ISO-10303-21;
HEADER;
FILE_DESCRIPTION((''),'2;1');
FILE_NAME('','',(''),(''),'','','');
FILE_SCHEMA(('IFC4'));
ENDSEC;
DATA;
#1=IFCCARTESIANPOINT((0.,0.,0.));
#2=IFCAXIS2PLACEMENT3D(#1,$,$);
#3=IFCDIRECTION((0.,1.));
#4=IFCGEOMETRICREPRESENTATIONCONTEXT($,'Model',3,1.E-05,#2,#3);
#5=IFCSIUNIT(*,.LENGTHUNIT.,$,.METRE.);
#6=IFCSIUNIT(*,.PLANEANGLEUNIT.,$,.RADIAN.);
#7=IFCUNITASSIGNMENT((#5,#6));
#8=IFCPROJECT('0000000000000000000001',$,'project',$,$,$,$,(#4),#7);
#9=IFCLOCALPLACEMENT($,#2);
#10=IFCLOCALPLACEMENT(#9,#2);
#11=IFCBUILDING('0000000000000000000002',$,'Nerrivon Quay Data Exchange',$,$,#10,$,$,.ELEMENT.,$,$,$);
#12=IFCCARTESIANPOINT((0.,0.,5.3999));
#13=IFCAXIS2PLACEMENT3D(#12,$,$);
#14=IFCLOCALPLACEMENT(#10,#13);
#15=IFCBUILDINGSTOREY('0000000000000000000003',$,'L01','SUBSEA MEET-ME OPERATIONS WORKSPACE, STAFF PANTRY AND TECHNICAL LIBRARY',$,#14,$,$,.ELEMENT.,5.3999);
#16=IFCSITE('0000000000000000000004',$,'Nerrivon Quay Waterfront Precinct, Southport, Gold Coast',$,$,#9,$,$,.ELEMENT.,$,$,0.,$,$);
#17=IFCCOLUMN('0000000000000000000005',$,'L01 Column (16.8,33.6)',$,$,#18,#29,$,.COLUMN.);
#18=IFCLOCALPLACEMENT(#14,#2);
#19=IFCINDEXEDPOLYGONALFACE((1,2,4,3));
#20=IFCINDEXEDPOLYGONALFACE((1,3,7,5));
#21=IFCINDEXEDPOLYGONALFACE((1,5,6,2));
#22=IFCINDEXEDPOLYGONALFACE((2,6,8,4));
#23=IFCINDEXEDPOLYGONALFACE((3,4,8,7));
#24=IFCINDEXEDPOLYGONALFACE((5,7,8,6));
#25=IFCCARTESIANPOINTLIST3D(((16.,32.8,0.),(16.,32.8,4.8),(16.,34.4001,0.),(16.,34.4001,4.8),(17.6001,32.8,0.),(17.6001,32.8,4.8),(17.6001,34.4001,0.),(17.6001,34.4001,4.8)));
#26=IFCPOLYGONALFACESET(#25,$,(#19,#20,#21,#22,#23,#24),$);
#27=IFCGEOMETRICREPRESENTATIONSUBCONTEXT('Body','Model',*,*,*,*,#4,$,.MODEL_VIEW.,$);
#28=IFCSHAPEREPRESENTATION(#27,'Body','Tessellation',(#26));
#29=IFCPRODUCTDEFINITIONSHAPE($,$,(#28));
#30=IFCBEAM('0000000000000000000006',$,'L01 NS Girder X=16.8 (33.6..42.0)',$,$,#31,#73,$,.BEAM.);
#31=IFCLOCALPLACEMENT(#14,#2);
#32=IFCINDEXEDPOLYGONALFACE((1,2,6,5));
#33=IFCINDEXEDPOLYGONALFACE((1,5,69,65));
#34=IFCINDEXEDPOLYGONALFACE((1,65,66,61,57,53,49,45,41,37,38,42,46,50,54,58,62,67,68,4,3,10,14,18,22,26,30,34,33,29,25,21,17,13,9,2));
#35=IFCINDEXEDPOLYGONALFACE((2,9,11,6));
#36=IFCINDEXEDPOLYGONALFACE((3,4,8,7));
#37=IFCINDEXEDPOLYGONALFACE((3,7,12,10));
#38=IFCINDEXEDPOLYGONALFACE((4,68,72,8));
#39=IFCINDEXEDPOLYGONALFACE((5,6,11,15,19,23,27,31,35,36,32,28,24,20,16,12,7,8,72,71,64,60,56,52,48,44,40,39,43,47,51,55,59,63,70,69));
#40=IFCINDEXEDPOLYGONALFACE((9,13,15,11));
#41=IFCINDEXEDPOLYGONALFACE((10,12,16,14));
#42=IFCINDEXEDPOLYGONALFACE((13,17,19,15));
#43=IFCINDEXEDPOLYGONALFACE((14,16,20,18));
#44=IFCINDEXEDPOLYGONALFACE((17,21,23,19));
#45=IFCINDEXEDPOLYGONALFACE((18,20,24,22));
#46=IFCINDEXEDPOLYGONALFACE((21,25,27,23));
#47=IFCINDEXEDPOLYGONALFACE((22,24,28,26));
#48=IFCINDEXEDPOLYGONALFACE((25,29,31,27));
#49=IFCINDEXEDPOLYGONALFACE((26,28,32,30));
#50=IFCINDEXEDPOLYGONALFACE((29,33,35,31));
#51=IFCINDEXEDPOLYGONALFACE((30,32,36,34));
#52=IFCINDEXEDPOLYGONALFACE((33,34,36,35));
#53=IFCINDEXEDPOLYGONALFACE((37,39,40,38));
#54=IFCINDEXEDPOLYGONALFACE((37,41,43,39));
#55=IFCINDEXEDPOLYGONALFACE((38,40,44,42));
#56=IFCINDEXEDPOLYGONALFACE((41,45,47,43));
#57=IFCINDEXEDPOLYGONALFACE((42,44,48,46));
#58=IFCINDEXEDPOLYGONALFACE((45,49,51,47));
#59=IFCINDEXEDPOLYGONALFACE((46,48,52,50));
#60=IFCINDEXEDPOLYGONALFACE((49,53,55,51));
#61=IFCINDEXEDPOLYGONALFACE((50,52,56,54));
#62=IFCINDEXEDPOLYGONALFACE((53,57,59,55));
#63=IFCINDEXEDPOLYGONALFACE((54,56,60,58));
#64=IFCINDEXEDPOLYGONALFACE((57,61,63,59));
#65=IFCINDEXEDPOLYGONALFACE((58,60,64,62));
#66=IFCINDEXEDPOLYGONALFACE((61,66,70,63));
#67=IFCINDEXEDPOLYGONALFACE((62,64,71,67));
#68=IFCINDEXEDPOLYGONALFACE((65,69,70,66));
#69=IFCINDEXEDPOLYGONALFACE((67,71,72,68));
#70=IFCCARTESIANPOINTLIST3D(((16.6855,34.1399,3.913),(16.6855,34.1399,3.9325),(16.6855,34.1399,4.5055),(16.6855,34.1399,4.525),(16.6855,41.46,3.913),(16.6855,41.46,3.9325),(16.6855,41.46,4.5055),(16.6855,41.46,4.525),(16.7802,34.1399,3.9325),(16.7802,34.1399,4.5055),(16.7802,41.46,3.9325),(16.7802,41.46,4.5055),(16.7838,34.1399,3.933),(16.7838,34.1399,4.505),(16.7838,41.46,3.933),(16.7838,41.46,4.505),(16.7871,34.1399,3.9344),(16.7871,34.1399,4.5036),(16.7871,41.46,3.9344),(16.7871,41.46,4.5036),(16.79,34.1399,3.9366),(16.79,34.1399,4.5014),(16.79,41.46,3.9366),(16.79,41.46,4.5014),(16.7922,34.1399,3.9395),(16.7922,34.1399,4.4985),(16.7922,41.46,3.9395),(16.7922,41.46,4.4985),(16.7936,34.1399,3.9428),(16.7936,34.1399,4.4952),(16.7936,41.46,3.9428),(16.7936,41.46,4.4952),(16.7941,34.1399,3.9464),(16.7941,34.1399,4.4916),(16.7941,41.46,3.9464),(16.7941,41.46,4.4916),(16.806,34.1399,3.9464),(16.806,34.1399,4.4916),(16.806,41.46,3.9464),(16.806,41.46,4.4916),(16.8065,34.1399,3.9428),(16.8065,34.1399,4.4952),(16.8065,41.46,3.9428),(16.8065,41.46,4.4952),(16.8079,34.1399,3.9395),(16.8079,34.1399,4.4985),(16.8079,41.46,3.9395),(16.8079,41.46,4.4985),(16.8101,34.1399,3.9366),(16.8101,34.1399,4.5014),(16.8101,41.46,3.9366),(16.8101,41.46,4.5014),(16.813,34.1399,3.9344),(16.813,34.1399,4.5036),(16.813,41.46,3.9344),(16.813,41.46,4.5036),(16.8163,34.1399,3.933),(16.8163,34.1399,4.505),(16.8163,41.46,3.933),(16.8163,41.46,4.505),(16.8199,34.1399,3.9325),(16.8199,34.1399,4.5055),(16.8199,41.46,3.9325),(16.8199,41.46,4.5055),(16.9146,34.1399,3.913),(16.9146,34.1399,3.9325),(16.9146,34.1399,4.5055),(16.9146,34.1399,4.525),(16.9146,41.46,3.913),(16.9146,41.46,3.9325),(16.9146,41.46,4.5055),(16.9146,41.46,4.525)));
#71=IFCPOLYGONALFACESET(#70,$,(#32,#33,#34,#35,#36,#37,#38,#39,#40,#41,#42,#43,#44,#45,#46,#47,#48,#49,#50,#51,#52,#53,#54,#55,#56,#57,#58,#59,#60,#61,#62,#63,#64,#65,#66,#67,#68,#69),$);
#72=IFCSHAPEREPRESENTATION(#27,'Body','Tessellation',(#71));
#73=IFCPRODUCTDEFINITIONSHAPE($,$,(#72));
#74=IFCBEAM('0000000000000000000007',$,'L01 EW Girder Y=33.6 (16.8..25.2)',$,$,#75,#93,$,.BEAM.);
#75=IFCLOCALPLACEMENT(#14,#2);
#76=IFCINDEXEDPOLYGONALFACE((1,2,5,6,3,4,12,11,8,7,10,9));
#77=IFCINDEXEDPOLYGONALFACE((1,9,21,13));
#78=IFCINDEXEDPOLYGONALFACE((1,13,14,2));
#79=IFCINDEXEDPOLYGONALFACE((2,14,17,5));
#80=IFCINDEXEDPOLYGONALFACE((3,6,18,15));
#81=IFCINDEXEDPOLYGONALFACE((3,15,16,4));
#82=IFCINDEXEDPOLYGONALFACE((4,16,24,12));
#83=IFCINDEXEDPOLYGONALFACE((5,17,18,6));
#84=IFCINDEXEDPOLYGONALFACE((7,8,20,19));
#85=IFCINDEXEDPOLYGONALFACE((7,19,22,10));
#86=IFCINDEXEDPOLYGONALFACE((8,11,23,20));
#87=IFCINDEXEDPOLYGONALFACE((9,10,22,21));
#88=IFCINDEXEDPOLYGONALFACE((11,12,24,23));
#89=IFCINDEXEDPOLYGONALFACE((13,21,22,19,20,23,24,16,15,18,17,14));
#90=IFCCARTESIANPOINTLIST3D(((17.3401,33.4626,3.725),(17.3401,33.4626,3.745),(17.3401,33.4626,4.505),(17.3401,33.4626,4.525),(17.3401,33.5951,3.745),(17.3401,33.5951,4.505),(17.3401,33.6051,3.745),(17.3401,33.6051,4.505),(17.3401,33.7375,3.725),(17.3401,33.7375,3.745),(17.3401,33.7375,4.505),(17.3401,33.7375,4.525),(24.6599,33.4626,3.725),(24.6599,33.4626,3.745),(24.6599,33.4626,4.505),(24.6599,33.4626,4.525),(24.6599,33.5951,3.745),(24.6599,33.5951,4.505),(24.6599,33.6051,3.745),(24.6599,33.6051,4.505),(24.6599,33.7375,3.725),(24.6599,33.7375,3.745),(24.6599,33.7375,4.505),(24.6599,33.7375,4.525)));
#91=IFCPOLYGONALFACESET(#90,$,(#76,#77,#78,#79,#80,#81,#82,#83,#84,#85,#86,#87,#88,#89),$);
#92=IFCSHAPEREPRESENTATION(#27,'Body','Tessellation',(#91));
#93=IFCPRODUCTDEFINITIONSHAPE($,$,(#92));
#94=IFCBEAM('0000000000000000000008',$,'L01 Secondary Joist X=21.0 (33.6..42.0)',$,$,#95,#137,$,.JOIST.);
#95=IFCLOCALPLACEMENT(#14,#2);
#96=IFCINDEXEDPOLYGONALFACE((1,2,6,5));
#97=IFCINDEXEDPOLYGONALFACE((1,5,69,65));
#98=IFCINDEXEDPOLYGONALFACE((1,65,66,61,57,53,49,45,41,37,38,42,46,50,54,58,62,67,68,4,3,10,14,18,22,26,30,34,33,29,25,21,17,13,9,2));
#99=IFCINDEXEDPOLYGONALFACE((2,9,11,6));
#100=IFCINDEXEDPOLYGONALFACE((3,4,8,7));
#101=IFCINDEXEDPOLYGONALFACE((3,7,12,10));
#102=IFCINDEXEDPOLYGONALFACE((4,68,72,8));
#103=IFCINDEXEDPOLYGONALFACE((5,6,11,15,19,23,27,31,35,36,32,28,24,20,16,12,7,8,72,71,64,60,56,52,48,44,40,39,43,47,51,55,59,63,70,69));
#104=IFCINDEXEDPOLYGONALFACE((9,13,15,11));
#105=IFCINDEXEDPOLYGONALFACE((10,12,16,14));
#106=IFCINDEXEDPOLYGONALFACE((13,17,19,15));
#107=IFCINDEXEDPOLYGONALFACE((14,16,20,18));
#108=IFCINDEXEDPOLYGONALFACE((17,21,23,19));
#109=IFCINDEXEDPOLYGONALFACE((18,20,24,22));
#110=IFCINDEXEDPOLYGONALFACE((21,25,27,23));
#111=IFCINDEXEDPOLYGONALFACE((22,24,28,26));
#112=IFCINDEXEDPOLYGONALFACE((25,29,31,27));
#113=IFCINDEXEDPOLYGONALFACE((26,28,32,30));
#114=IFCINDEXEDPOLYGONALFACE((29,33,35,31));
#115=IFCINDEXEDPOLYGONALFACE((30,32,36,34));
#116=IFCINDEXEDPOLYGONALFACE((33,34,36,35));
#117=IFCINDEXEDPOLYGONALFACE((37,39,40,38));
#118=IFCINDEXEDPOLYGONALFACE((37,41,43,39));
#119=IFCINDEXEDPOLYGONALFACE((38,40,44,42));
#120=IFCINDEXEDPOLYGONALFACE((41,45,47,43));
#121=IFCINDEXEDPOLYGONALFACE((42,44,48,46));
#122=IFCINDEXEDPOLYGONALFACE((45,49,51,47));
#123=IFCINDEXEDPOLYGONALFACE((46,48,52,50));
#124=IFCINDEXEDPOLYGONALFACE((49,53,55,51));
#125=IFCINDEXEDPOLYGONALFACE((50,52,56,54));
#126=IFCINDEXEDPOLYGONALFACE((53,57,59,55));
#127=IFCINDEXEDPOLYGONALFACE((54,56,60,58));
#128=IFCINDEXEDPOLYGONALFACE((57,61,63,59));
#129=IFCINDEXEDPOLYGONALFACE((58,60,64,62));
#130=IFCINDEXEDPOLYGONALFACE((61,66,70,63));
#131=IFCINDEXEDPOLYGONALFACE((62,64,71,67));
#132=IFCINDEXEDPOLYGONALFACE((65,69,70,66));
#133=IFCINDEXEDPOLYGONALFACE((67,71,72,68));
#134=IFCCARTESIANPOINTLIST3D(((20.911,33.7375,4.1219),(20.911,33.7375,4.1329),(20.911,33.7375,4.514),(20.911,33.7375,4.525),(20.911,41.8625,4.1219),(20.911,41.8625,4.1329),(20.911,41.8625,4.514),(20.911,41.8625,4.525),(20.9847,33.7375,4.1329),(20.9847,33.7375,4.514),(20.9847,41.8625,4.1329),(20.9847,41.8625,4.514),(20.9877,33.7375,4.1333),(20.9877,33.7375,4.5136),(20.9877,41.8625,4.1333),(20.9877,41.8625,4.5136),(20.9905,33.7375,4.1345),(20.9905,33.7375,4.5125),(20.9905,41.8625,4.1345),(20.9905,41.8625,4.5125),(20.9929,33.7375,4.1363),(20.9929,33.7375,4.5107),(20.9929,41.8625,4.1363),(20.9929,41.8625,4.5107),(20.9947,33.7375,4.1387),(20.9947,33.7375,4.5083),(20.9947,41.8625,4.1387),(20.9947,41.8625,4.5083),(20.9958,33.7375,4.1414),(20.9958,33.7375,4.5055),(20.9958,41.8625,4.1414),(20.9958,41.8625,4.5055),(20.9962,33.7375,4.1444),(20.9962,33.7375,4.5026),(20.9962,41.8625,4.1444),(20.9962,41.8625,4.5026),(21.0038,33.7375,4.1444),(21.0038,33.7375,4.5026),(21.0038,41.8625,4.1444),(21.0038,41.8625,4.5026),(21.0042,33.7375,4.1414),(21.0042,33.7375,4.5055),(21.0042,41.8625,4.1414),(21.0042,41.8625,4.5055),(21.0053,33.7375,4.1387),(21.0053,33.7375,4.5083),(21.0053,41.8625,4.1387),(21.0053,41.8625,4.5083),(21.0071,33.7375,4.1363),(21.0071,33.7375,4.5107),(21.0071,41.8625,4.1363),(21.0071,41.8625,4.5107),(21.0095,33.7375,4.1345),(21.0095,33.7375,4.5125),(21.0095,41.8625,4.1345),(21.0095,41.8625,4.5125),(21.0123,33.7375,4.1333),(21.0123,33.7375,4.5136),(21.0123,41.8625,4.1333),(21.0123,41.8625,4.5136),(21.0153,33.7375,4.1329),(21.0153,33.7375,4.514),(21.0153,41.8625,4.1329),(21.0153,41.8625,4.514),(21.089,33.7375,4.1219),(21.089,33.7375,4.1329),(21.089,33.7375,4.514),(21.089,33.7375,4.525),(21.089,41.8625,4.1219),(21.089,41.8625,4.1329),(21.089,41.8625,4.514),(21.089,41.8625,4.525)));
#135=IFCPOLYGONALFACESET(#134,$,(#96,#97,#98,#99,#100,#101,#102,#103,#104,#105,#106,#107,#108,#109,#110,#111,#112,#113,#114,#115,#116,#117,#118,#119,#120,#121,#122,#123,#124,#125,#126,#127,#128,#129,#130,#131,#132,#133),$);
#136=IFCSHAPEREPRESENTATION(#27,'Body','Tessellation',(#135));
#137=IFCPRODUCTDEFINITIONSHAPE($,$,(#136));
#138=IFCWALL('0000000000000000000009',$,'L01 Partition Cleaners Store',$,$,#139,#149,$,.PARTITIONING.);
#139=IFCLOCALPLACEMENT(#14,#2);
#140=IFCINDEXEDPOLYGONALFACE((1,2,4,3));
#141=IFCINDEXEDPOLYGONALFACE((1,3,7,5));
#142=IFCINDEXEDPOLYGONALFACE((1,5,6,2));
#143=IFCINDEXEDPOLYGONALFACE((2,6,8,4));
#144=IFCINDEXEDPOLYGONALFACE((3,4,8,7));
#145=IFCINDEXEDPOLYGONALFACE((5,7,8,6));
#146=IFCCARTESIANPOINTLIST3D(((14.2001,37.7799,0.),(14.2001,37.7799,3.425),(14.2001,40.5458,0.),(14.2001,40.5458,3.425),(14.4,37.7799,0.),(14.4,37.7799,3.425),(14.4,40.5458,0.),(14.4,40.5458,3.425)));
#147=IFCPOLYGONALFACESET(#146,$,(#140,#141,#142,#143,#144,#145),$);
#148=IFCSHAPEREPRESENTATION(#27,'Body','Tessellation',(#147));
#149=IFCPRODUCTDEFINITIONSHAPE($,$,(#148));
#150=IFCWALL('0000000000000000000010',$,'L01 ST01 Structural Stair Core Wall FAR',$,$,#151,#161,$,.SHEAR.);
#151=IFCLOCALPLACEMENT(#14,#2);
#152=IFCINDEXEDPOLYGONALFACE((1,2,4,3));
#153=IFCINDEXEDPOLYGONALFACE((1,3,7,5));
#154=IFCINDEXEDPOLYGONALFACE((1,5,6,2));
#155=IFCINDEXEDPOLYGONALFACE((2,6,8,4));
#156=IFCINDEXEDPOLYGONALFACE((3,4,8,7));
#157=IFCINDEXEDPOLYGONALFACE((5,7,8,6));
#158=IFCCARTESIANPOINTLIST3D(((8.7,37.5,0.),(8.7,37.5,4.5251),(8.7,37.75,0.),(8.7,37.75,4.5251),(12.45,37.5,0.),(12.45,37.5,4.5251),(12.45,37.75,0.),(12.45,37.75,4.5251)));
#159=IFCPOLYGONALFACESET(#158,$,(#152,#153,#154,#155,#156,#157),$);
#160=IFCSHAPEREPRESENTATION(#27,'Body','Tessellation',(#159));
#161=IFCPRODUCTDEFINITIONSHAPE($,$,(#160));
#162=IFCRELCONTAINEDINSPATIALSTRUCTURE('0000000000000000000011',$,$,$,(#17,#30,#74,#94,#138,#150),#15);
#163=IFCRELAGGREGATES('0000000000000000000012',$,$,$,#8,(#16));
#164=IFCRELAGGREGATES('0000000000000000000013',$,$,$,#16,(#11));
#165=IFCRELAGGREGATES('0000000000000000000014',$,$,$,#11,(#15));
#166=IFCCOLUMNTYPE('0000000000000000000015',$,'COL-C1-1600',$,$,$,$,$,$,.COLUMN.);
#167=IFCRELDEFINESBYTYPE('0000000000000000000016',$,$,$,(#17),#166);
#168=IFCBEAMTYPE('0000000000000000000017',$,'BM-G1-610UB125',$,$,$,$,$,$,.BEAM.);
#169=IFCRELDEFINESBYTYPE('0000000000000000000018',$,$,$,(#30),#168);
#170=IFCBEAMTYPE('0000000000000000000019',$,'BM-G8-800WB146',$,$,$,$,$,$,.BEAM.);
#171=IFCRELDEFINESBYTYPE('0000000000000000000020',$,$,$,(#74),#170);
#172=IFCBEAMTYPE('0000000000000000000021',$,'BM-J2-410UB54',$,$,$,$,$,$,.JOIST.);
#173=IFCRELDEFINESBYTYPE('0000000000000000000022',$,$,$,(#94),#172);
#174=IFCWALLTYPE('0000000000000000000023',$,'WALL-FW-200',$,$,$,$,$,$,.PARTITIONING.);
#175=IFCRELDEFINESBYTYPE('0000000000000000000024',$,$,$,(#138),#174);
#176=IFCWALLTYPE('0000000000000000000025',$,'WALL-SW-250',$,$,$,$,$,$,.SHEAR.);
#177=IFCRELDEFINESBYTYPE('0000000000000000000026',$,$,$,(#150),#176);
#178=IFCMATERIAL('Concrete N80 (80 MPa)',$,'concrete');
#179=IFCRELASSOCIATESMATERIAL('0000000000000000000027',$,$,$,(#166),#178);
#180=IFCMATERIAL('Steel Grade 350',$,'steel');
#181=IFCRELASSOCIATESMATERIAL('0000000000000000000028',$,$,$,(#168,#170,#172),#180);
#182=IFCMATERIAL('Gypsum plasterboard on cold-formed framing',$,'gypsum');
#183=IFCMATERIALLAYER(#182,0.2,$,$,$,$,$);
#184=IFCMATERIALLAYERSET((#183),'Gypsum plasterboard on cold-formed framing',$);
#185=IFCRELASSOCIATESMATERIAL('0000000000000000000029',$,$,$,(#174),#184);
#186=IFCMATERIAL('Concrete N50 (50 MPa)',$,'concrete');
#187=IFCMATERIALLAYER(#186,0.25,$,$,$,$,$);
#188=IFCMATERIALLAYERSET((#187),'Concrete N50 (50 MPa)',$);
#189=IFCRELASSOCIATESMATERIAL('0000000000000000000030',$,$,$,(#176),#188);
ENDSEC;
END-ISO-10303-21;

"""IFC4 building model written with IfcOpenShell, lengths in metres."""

from ifc_helpers import new_model, si_unit, direction, frame, frame_2d, origin, origin_2d, place, context, subcontext, project, spatial, rectangle, i_section, extrude, material, layer, layer_set, material_profile, profile_set, type_object, element, save


model = new_model("IFC4")

# Units and contexts
model_context = context("Model", 3, precision=1e-05, world=origin(), true_north=direction((0.0, 1.0)))
body_context = subcontext(model_context, "Body", "Model", "MODEL_VIEW")
ifc_project = project(units=[si_unit("LENGTHUNIT", "METRE"), si_unit("PLANEANGLEUNIT", "RADIAN")], contexts=[model_context])

# Site, building, storey
site_placement = place(None, origin())
site = spatial("IfcSite", under=ifc_project, at=site_placement, Name="Nerrivon Quay Waterfront Precinct, Southport, Gold Coast", CompositionType="ELEMENT", RefElevation=0.0)
building_placement = place(site_placement, origin())
building = spatial("IfcBuilding", under=site, at=building_placement, Name="Nerrivon Quay Data Exchange", CompositionType="ELEMENT")
storey_placement = place(building_placement, frame((0.0, 0.0, 5.3999)))
storey = spatial("IfcBuildingStorey", under=building, at=storey_placement, Name="L01", Description="SUBSEA MEET-ME OPERATIONS WORKSPACE, STAFF PANTRY AND TECHNICAL LIBRARY", CompositionType="ELEMENT", Elevation=5.3999)

# Column
ifc_material_1 = material(Name="Concrete N80 (80 MPa)", Category="concrete")
ifc_material_profile_1 = material_profile(ifc_material_1, rectangle(XDim=1.6001, YDim=1.6001, at=origin_2d()), Name="RC-COL-1600x1600")
ifc_profile_set_1 = profile_set([ifc_material_profile_1], Name="Concrete N80 (80 MPa)")
column_type = type_object("IfcColumnType", Name="COL-C1-1600", PredefinedType="COLUMN", material=ifc_profile_set_1)
column_placement = place(storey_placement, frame((16.8, 33.6001, 0.0), z_axis=(0.0, 0.0, 1.0), x_axis=(1.0, 0.0, 0.0)))
element("IfcColumn", 1, at=column_placement, inside=storey, type_object=column_type, Name="L01 Column (16.8,33.6)", PredefinedType="COLUMN", context=body_context, shape_type="SweptSolid", body=[
    extrude(rectangle(XDim=1.6001, YDim=1.6001, at=origin_2d()), origin(), (0.0, 0.0, 1.0), 4.8),
])

# Beams
ifc_material_2 = material(Name="Steel Grade 350", Category="steel")
ifc_material_profile_2 = material_profile(ifc_material_2, i_section(OverallWidth=0.229, OverallDepth=0.6121, WebThickness=0.012, FlangeThickness=0.0195, FilletRadius=0.0139, at=origin_2d()), Name="610UB125")
ifc_profile_set_2 = profile_set([ifc_material_profile_2], Name="Steel Grade 350")
beam_type_1 = type_object("IfcBeamType", Name="BM-G1-610UB125", PredefinedType="BEAM", material=ifc_profile_set_2)
beam_1_placement = place(storey_placement, frame((16.8, 34.1399, 4.219), z_axis=(0.0, 1.0, 0.0), x_axis=(-1.0, 0.0, 0.0)))
element("IfcBeam", 2, at=beam_1_placement, inside=storey, type_object=beam_type_1, Name="L01 NS Girder X=16.8 (33.6..42.0)", PredefinedType="BEAM", context=body_context, shape_type="SweptSolid", body=[
    extrude(i_section(OverallWidth=0.229, OverallDepth=0.6121, WebThickness=0.012, FlangeThickness=0.0195, FilletRadius=0.0139, at=origin_2d()), origin(), (0.0, 0.0, 1.0), 7.3201),
])
ifc_material_profile_3 = material_profile(ifc_material_2, i_section(OverallWidth=0.2749, OverallDepth=0.8, WebThickness=0.01, FlangeThickness=0.02, at=origin_2d()), Name="800WB146")
ifc_profile_set_3 = profile_set([ifc_material_profile_3], Name="Steel Grade 350")
beam_type_2 = type_object("IfcBeamType", Name="BM-G8-800WB146", PredefinedType="BEAM", material=ifc_profile_set_3)
beam_2_placement = place(storey_placement, frame((17.3401, 33.6001, 4.125), z_axis=(1.0, 0.0, 0.0), x_axis=(0.0, 1.0, 0.0)))
element("IfcBeam", 3, at=beam_2_placement, inside=storey, type_object=beam_type_2, Name="L01 EW Girder Y=33.6 (16.8..25.2)", PredefinedType="BEAM", context=body_context, shape_type="SweptSolid", body=[
    extrude(i_section(OverallWidth=0.2749, OverallDepth=0.8, WebThickness=0.01, FlangeThickness=0.02, at=origin_2d()), origin(), (0.0, 0.0, 1.0), 7.3198),
])
ifc_material_profile_4 = material_profile(ifc_material_2, i_section(OverallWidth=0.178, OverallDepth=0.4031, WebThickness=0.0076, FlangeThickness=0.011, FilletRadius=0.0115, at=origin_2d()), Name="410UB53.7")
ifc_profile_set_4 = profile_set([ifc_material_profile_4], Name="Steel Grade 350")
beam_type_3 = type_object("IfcBeamType", Name="BM-J2-410UB54", PredefinedType="JOIST", material=ifc_profile_set_4)
beam_3_placement = place(storey_placement, frame((21.0, 33.7375, 4.3235), z_axis=(0.0, 1.0, 0.0), x_axis=(-1.0, 0.0, 0.0)))
element("IfcBeam", 4, at=beam_3_placement, inside=storey, type_object=beam_type_3, Name="L01 Secondary Joist X=21.0 (33.6..42.0)", PredefinedType="JOIST", context=body_context, shape_type="SweptSolid", body=[
    extrude(i_section(OverallWidth=0.178, OverallDepth=0.4031, WebThickness=0.0076, FlangeThickness=0.011, FilletRadius=0.0115, at=origin_2d()), origin(), (0.0, 0.0, 1.0), 8.125),
])

# Walls
ifc_material_3 = material(Name="Gypsum plasterboard on cold-formed framing", Category="gypsum")
ifc_layer_1 = layer(ifc_material_3, 0.2)
ifc_layer_set_1 = layer_set([ifc_layer_1], Name="Gypsum plasterboard on cold-formed framing")
wall_type_1 = type_object("IfcWallType", Name="WALL-FW-200", PredefinedType="PARTITIONING", material=ifc_layer_set_1)
wall_1_placement = place(storey_placement, frame((14.3, 37.78, 0.0), z_axis=(0.0, 0.0, 1.0), x_axis=(0.0, 1.0, 0.0)))
element("IfcWall", 5, at=wall_1_placement, inside=storey, type_object=wall_type_1, Name="L01 Partition Cleaners Store", PredefinedType="PARTITIONING", context=body_context, shape_type="SweptSolid", body=[
    extrude(rectangle(XDim=2.7659, YDim=0.2, at=frame_2d((1.3828, 0.0))), origin(), (0.0, 0.0, 1.0), 3.425),
])
ifc_material_4 = material(Name="Concrete N50 (50 MPa)", Category="concrete")
ifc_layer_2 = layer(ifc_material_4, 0.25)
ifc_layer_set_2 = layer_set([ifc_layer_2], Name="Concrete N50 (50 MPa)")
wall_type_2 = type_object("IfcWallType", Name="WALL-SW-250", PredefinedType="SHEAR", material=ifc_layer_set_2)
wall_2_placement = place(storey_placement, frame((12.45, 37.625, 0.0), z_axis=(0.0, 0.0, 1.0), x_axis=(-1.0, 0.0, 0.0)))
element("IfcWall", 6, at=wall_2_placement, inside=storey, type_object=wall_type_2, Name="L01 ST01 Structural Stair Core Wall FAR", PredefinedType="SHEAR", context=body_context, shape_type="SweptSolid", body=[
    extrude(rectangle(XDim=3.75, YDim=0.25, at=frame_2d((1.875, 0.0))), origin(), (0.0, 0.0, 1.0), 4.5251),
])

save(model, "model.ifc")
